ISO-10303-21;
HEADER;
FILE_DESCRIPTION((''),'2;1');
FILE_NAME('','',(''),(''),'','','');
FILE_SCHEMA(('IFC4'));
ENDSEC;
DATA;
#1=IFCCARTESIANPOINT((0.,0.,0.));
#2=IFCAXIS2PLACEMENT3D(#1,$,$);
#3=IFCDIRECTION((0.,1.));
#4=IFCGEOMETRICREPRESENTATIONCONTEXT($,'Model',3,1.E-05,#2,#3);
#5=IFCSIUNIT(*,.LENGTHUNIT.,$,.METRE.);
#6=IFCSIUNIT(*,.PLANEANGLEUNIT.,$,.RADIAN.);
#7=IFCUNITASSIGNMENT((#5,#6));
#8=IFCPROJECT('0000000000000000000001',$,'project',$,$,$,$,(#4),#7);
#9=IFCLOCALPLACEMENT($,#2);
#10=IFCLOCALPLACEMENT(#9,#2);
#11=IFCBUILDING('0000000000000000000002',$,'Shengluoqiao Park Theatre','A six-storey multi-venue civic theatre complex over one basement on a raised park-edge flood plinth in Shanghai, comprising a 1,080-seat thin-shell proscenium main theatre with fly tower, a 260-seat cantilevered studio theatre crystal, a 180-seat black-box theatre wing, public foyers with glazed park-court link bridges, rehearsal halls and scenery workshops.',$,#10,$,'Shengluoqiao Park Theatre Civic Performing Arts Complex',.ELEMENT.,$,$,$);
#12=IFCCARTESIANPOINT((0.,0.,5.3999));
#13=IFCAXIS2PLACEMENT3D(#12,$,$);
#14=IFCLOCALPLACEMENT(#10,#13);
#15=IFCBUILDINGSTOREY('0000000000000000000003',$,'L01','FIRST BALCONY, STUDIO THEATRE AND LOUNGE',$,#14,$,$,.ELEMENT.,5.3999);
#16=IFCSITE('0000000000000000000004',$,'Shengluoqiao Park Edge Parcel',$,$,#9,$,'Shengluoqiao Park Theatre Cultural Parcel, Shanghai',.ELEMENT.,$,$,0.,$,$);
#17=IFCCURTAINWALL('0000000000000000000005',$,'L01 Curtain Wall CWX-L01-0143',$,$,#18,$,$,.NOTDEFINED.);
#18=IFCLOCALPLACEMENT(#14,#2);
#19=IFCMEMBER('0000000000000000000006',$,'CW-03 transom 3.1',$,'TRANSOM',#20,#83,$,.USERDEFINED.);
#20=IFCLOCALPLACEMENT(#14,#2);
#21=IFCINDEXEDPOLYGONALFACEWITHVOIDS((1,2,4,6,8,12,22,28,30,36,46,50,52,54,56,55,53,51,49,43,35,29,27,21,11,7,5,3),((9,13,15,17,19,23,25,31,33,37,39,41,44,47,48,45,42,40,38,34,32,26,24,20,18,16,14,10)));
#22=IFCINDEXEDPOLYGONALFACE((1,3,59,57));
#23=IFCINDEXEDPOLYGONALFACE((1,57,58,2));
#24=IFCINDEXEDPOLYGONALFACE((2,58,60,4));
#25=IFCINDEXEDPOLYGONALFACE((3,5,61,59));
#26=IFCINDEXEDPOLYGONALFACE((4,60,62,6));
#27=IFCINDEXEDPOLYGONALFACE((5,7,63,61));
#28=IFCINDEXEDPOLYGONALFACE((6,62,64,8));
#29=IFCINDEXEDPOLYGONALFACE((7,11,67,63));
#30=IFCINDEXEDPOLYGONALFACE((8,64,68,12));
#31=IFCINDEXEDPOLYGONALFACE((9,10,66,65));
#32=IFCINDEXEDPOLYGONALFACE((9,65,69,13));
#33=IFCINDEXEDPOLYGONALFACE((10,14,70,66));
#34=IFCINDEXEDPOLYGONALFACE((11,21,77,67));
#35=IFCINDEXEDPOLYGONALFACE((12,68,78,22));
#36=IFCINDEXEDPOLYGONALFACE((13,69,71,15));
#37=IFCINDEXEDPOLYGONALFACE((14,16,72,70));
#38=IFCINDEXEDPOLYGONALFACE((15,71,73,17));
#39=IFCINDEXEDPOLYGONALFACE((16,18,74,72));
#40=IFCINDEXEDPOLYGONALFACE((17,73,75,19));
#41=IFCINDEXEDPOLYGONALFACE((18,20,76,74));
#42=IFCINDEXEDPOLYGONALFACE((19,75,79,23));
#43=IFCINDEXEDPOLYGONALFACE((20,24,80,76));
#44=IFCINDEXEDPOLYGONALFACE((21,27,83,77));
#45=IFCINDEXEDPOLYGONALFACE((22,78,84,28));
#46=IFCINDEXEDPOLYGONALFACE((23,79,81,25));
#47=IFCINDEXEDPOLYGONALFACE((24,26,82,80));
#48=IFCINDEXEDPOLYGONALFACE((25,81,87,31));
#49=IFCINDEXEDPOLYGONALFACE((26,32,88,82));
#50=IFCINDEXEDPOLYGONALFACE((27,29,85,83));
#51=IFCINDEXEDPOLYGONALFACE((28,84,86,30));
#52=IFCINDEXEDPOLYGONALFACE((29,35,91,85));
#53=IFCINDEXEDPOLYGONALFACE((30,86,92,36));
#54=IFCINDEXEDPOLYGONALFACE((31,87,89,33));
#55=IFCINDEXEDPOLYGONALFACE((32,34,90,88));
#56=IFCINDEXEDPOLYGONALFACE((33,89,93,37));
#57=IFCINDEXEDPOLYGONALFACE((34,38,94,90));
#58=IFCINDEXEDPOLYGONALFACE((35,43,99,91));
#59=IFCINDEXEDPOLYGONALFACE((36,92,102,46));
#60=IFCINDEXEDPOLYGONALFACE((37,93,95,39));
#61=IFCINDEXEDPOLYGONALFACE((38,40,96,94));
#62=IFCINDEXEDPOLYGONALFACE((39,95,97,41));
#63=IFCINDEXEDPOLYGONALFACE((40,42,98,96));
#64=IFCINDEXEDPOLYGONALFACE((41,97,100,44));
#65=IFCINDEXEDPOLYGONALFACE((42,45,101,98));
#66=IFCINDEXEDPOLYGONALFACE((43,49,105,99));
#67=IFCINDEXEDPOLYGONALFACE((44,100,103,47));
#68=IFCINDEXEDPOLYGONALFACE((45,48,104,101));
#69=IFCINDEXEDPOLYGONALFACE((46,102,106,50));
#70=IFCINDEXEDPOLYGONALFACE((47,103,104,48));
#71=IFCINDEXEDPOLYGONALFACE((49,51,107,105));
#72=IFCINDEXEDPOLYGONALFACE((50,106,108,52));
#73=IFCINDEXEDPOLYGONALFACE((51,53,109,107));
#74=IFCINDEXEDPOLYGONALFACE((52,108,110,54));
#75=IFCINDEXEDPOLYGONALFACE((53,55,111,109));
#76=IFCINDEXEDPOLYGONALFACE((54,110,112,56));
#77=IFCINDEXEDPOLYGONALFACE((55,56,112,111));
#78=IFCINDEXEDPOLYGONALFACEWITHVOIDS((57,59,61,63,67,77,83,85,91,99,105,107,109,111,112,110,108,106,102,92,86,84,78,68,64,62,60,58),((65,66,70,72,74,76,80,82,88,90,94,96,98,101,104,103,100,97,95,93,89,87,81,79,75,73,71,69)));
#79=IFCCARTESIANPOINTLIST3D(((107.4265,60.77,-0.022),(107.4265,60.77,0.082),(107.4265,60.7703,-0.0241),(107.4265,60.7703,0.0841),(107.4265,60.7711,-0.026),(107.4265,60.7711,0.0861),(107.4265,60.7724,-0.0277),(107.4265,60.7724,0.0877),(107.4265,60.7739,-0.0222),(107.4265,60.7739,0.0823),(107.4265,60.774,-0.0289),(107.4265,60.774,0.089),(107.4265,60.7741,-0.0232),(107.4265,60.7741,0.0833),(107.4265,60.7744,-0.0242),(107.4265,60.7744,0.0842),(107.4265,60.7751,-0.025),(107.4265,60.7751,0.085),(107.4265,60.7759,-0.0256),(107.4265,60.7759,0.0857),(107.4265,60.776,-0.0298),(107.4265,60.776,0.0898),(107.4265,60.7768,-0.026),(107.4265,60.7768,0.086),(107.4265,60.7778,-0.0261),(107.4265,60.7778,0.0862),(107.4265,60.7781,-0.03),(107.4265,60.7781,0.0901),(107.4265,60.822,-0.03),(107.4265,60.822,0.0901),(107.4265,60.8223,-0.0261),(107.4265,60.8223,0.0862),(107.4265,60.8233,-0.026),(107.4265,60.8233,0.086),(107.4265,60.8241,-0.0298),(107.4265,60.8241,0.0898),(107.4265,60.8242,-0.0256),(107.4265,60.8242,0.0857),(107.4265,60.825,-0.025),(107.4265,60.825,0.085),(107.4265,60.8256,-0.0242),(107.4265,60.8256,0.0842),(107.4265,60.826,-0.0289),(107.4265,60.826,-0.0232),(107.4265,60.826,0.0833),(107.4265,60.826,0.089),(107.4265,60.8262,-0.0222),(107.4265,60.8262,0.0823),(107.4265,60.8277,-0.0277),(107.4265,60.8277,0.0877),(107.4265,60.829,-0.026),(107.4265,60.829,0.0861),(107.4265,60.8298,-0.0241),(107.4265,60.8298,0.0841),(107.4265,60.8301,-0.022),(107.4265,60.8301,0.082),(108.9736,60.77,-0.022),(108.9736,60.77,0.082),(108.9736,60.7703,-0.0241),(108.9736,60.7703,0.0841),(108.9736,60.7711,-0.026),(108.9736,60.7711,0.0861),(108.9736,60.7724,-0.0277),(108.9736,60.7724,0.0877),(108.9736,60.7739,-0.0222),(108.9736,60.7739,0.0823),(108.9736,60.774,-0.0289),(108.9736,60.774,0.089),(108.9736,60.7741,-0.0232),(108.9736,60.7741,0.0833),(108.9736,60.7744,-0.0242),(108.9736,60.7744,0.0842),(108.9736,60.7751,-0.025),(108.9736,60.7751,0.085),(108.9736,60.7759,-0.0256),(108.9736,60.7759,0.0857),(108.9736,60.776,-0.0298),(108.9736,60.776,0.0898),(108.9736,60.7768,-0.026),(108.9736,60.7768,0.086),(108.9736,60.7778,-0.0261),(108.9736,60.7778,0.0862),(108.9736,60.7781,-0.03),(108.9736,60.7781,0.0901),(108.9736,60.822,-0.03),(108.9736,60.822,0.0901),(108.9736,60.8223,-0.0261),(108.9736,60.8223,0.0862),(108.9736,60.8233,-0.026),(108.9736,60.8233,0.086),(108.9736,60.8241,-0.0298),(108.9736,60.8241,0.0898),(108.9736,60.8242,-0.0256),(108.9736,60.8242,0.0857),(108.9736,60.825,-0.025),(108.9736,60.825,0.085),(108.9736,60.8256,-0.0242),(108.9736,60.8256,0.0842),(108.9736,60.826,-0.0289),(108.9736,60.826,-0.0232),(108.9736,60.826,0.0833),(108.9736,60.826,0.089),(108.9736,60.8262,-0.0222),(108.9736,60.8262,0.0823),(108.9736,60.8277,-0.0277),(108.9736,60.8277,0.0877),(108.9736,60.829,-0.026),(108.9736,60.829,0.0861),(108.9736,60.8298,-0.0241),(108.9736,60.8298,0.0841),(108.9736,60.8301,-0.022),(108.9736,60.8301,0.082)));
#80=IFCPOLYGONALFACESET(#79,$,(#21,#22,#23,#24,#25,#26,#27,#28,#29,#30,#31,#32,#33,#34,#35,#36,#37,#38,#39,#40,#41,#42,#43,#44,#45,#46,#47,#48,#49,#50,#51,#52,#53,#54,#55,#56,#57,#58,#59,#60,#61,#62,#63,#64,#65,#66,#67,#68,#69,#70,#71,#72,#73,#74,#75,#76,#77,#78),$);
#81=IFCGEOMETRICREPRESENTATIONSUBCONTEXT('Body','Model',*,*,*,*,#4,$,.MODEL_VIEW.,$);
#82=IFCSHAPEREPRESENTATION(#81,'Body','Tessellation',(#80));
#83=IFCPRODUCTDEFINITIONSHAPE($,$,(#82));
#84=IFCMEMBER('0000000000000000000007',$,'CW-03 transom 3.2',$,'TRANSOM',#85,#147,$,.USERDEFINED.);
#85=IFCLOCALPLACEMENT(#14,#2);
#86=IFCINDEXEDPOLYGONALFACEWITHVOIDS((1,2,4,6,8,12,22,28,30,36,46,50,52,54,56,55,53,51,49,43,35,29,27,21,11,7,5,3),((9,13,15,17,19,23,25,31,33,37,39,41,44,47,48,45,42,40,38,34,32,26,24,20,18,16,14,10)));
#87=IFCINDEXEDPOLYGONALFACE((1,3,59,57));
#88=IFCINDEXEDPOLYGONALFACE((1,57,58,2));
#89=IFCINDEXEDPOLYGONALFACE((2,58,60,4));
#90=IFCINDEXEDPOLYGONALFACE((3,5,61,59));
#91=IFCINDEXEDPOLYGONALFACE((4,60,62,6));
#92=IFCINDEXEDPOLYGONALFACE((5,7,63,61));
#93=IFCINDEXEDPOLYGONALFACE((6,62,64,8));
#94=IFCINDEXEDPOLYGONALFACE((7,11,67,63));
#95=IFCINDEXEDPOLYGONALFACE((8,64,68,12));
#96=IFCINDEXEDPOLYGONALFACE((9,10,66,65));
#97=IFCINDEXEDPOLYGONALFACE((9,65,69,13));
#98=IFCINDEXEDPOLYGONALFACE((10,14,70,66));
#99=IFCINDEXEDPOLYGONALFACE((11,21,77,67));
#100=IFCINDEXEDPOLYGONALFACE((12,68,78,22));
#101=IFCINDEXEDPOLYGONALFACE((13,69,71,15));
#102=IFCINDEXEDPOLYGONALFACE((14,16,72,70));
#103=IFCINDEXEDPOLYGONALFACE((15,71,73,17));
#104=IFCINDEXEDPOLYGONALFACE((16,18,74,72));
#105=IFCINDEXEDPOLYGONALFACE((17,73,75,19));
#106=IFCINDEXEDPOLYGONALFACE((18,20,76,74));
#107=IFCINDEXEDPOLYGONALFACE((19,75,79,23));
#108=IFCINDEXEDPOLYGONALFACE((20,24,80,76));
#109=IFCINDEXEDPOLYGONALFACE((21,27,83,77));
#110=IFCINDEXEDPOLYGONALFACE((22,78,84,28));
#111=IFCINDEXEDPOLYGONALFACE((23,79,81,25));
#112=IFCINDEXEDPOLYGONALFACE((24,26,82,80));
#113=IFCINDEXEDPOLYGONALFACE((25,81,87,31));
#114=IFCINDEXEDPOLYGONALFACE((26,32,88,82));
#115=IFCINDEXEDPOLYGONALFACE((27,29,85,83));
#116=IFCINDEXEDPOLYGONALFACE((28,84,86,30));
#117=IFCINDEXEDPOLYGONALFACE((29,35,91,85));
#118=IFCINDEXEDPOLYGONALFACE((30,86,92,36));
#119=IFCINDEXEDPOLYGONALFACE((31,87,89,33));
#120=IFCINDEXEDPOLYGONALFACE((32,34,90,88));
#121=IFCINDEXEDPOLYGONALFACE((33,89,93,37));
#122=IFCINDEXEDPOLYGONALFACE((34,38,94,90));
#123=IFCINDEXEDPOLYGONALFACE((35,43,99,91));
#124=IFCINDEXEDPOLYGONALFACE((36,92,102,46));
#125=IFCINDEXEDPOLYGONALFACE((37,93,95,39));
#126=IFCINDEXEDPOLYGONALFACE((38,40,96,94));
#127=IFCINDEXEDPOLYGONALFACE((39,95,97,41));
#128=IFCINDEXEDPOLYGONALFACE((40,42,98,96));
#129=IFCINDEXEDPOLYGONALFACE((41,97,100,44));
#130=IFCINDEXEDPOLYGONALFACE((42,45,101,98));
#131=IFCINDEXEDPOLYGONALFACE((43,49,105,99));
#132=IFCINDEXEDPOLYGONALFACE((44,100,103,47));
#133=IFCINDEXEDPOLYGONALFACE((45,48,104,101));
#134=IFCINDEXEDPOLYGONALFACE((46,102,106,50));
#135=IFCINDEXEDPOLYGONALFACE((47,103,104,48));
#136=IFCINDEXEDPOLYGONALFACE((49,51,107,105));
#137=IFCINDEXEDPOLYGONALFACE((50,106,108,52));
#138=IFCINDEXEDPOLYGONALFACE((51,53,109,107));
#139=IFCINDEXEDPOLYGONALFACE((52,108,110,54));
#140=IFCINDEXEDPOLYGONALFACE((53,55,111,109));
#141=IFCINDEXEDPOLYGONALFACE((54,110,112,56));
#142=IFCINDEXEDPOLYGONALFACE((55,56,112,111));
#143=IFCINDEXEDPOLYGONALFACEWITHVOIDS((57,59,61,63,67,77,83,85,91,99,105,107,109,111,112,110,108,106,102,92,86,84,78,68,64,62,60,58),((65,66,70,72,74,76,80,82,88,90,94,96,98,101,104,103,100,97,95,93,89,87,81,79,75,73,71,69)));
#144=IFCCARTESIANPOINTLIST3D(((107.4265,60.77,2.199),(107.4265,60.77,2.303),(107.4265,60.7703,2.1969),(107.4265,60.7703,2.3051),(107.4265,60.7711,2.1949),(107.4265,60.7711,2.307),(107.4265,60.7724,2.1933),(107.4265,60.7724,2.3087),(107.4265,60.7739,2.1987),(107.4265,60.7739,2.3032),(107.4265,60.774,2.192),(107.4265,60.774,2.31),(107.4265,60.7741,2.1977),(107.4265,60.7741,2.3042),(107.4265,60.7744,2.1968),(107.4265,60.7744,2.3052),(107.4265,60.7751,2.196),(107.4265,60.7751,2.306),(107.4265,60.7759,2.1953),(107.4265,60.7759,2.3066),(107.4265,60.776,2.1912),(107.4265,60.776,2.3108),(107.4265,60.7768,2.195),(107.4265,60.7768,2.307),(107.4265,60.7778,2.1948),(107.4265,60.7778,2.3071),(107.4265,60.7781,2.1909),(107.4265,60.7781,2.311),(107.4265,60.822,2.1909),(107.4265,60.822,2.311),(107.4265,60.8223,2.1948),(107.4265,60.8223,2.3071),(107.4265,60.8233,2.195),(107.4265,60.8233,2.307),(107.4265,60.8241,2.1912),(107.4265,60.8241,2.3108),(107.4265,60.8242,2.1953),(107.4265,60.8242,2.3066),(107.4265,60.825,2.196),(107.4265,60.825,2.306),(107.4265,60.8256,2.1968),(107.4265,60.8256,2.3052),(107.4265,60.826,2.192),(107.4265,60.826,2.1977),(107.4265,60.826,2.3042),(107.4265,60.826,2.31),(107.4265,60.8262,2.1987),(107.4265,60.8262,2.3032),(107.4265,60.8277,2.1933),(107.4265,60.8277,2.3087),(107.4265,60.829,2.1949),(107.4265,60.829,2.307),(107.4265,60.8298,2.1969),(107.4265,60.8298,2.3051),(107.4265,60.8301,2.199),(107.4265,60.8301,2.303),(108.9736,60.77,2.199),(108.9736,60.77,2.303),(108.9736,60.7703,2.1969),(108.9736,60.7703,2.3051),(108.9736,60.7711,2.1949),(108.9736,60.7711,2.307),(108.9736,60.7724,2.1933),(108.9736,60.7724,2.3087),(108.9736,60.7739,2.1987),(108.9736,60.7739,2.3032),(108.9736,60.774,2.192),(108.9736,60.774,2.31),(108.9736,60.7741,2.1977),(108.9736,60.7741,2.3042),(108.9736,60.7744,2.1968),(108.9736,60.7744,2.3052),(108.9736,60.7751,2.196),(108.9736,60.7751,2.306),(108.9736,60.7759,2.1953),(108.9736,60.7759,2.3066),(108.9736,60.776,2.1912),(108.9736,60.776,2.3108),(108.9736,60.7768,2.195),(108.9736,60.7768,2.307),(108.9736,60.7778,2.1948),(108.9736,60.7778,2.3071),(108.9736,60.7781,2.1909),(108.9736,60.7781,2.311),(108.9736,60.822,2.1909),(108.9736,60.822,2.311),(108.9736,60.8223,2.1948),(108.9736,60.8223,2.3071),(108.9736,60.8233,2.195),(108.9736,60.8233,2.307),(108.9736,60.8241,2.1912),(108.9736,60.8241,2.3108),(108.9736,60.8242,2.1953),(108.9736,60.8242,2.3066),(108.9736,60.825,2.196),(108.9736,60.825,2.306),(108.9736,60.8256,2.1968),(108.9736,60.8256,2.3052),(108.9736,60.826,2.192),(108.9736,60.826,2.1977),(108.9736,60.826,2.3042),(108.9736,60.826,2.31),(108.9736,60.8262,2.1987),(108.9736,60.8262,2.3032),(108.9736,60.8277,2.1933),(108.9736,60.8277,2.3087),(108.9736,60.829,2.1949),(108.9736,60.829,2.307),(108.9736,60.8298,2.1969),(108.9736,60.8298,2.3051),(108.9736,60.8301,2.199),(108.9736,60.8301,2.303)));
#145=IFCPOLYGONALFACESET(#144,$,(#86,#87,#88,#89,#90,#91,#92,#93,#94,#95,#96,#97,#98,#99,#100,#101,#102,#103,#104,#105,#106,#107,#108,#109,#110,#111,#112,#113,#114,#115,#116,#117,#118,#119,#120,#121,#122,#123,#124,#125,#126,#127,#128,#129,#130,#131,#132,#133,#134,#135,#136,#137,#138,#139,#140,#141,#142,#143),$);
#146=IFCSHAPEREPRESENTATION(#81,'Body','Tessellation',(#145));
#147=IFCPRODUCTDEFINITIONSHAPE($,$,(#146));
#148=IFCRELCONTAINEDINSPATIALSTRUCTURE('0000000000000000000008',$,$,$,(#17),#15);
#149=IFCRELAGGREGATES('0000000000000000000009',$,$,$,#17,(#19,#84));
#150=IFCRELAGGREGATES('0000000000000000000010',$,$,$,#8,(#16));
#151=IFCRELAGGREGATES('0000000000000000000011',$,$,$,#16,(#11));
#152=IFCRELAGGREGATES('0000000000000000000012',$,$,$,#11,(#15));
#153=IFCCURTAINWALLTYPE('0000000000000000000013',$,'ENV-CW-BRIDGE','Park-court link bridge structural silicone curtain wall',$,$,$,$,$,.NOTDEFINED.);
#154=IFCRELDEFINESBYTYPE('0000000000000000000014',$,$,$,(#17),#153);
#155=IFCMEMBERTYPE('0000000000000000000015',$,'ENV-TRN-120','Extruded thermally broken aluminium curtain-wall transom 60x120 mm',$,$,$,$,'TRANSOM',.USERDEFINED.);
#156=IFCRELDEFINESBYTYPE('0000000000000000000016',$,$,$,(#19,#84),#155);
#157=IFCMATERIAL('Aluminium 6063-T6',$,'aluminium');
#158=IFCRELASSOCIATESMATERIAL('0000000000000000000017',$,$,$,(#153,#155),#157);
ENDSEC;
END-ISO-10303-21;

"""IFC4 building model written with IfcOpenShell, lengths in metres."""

from ifc_helpers import new_model, si_unit, direction, frame, origin, origin_2d, place, context, subcontext, project, spatial, hollow_rectangle, extrude, material, material_profile, profile_set, type_object, element, aggregate, save


model = new_model("IFC4")

# Units and contexts
model_context = context("Model", 3, precision=1e-05, world=origin(), true_north=direction((0.0, 1.0)))
body_context = subcontext(model_context, "Body", "Model", "MODEL_VIEW")
ifc_project = project(units=[si_unit("LENGTHUNIT", "METRE"), si_unit("PLANEANGLEUNIT", "RADIAN")], contexts=[model_context])

# Site, building, storey
site_placement = place(None, origin())
site = spatial("IfcSite", under=ifc_project, at=site_placement, Name="Shengluoqiao Park Edge Parcel", LongName="Shengluoqiao Park Theatre Cultural Parcel, Shanghai", CompositionType="ELEMENT", RefElevation=0.0)
building_placement = place(site_placement, origin())
building = spatial("IfcBuilding", under=site, at=building_placement, Name="Shengluoqiao Park Theatre", Description="A six-storey multi-venue civic theatre complex over one basement on a raised park-edge flood plinth in Shanghai, comprising a 1,080-seat thin-shell proscenium main theatre with fly tower, a 260-seat cantilevered studio theatre crystal, a 180-seat black-box theatre wing, public foyers with glazed park-court link bridges, rehearsal halls and scenery workshops.", LongName="Shengluoqiao Park Theatre Civic Performing Arts Complex", CompositionType="ELEMENT")
storey_placement = place(building_placement, frame((0.0, 0.0, 5.3999)))
storey = spatial("IfcBuildingStorey", under=building, at=storey_placement, Name="L01", Description="FIRST BALCONY, STUDIO THEATRE AND LOUNGE", CompositionType="ELEMENT", Elevation=5.3999)

# Shared definitions
ifc_material_1 = material(Name="Aluminium 6063-T6", Category="aluminium")
curtain_wall_type = type_object("IfcCurtainWallType", Name="ENV-CW-BRIDGE", Description="Park-court link bridge structural silicone curtain wall", PredefinedType="NOTDEFINED", material=ifc_material_1)

# Curtain wall
curtain_wall_1_placement = place(storey_placement, origin())
curtain_wall_1 = element("IfcCurtainWall", 1, at=curtain_wall_1_placement, inside=storey, type_object=curtain_wall_type, Name="L01 Curtain Wall CWX-L01-0143", PredefinedType="NOTDEFINED")

# Members
ifc_material_profile_1 = material_profile(ifc_material_1, hollow_rectangle(XDim=0.0601, YDim=0.1201, WallThickness=0.0039, InnerFilletRadius=0.0039, OuterFilletRadius=0.0081, at=origin_2d()), Name="ALU TRANSOM 120x60x4")
ifc_profile_set_1 = profile_set([ifc_material_profile_1], Name="Aluminium 6063-T6")
member_type_1 = type_object("IfcMemberType", Name="ENV-TRN-120", Description="Extruded thermally broken aluminium curtain-wall transom 60x120 mm", ElementType="TRANSOM", PredefinedType="USERDEFINED", material=ifc_profile_set_1)
member_1_placement = place(storey_placement, frame((107.4265, 60.8, 0.03), z_axis=(1.0, 0.0, 0.0), x_axis=(0.0, 1.0, 0.0)))
member_1 = element("IfcMember", 2, at=member_1_placement, type_object=member_type_1, Name="CW-03 transom 3.1", ObjectType="TRANSOM", PredefinedType="USERDEFINED", context=body_context, shape_type="SweptSolid", body=[
    extrude(hollow_rectangle(XDim=0.0601, YDim=0.1201, WallThickness=0.0039, InnerFilletRadius=0.0039, OuterFilletRadius=0.0081, at=origin_2d()), origin(), (0.0, 0.0, 1.0), 1.5471),
])
member_2_placement = place(storey_placement, frame((107.4265, 60.8, 2.251), z_axis=(1.0, 0.0, 0.0), x_axis=(0.0, 1.0, 0.0)))
member_2 = element("IfcMember", 3, at=member_2_placement, type_object=member_type_1, Name="CW-03 transom 3.2", ObjectType="TRANSOM", PredefinedType="USERDEFINED", context=body_context, shape_type="SweptSolid", body=[
    extrude(hollow_rectangle(XDim=0.0601, YDim=0.1201, WallThickness=0.0039, InnerFilletRadius=0.0039, OuterFilletRadius=0.0081, at=origin_2d()), origin(), (0.0, 0.0, 1.0), 1.5471),
])

aggregate(curtain_wall_1, [member_1, member_2])

save(model, "model.ifc")
